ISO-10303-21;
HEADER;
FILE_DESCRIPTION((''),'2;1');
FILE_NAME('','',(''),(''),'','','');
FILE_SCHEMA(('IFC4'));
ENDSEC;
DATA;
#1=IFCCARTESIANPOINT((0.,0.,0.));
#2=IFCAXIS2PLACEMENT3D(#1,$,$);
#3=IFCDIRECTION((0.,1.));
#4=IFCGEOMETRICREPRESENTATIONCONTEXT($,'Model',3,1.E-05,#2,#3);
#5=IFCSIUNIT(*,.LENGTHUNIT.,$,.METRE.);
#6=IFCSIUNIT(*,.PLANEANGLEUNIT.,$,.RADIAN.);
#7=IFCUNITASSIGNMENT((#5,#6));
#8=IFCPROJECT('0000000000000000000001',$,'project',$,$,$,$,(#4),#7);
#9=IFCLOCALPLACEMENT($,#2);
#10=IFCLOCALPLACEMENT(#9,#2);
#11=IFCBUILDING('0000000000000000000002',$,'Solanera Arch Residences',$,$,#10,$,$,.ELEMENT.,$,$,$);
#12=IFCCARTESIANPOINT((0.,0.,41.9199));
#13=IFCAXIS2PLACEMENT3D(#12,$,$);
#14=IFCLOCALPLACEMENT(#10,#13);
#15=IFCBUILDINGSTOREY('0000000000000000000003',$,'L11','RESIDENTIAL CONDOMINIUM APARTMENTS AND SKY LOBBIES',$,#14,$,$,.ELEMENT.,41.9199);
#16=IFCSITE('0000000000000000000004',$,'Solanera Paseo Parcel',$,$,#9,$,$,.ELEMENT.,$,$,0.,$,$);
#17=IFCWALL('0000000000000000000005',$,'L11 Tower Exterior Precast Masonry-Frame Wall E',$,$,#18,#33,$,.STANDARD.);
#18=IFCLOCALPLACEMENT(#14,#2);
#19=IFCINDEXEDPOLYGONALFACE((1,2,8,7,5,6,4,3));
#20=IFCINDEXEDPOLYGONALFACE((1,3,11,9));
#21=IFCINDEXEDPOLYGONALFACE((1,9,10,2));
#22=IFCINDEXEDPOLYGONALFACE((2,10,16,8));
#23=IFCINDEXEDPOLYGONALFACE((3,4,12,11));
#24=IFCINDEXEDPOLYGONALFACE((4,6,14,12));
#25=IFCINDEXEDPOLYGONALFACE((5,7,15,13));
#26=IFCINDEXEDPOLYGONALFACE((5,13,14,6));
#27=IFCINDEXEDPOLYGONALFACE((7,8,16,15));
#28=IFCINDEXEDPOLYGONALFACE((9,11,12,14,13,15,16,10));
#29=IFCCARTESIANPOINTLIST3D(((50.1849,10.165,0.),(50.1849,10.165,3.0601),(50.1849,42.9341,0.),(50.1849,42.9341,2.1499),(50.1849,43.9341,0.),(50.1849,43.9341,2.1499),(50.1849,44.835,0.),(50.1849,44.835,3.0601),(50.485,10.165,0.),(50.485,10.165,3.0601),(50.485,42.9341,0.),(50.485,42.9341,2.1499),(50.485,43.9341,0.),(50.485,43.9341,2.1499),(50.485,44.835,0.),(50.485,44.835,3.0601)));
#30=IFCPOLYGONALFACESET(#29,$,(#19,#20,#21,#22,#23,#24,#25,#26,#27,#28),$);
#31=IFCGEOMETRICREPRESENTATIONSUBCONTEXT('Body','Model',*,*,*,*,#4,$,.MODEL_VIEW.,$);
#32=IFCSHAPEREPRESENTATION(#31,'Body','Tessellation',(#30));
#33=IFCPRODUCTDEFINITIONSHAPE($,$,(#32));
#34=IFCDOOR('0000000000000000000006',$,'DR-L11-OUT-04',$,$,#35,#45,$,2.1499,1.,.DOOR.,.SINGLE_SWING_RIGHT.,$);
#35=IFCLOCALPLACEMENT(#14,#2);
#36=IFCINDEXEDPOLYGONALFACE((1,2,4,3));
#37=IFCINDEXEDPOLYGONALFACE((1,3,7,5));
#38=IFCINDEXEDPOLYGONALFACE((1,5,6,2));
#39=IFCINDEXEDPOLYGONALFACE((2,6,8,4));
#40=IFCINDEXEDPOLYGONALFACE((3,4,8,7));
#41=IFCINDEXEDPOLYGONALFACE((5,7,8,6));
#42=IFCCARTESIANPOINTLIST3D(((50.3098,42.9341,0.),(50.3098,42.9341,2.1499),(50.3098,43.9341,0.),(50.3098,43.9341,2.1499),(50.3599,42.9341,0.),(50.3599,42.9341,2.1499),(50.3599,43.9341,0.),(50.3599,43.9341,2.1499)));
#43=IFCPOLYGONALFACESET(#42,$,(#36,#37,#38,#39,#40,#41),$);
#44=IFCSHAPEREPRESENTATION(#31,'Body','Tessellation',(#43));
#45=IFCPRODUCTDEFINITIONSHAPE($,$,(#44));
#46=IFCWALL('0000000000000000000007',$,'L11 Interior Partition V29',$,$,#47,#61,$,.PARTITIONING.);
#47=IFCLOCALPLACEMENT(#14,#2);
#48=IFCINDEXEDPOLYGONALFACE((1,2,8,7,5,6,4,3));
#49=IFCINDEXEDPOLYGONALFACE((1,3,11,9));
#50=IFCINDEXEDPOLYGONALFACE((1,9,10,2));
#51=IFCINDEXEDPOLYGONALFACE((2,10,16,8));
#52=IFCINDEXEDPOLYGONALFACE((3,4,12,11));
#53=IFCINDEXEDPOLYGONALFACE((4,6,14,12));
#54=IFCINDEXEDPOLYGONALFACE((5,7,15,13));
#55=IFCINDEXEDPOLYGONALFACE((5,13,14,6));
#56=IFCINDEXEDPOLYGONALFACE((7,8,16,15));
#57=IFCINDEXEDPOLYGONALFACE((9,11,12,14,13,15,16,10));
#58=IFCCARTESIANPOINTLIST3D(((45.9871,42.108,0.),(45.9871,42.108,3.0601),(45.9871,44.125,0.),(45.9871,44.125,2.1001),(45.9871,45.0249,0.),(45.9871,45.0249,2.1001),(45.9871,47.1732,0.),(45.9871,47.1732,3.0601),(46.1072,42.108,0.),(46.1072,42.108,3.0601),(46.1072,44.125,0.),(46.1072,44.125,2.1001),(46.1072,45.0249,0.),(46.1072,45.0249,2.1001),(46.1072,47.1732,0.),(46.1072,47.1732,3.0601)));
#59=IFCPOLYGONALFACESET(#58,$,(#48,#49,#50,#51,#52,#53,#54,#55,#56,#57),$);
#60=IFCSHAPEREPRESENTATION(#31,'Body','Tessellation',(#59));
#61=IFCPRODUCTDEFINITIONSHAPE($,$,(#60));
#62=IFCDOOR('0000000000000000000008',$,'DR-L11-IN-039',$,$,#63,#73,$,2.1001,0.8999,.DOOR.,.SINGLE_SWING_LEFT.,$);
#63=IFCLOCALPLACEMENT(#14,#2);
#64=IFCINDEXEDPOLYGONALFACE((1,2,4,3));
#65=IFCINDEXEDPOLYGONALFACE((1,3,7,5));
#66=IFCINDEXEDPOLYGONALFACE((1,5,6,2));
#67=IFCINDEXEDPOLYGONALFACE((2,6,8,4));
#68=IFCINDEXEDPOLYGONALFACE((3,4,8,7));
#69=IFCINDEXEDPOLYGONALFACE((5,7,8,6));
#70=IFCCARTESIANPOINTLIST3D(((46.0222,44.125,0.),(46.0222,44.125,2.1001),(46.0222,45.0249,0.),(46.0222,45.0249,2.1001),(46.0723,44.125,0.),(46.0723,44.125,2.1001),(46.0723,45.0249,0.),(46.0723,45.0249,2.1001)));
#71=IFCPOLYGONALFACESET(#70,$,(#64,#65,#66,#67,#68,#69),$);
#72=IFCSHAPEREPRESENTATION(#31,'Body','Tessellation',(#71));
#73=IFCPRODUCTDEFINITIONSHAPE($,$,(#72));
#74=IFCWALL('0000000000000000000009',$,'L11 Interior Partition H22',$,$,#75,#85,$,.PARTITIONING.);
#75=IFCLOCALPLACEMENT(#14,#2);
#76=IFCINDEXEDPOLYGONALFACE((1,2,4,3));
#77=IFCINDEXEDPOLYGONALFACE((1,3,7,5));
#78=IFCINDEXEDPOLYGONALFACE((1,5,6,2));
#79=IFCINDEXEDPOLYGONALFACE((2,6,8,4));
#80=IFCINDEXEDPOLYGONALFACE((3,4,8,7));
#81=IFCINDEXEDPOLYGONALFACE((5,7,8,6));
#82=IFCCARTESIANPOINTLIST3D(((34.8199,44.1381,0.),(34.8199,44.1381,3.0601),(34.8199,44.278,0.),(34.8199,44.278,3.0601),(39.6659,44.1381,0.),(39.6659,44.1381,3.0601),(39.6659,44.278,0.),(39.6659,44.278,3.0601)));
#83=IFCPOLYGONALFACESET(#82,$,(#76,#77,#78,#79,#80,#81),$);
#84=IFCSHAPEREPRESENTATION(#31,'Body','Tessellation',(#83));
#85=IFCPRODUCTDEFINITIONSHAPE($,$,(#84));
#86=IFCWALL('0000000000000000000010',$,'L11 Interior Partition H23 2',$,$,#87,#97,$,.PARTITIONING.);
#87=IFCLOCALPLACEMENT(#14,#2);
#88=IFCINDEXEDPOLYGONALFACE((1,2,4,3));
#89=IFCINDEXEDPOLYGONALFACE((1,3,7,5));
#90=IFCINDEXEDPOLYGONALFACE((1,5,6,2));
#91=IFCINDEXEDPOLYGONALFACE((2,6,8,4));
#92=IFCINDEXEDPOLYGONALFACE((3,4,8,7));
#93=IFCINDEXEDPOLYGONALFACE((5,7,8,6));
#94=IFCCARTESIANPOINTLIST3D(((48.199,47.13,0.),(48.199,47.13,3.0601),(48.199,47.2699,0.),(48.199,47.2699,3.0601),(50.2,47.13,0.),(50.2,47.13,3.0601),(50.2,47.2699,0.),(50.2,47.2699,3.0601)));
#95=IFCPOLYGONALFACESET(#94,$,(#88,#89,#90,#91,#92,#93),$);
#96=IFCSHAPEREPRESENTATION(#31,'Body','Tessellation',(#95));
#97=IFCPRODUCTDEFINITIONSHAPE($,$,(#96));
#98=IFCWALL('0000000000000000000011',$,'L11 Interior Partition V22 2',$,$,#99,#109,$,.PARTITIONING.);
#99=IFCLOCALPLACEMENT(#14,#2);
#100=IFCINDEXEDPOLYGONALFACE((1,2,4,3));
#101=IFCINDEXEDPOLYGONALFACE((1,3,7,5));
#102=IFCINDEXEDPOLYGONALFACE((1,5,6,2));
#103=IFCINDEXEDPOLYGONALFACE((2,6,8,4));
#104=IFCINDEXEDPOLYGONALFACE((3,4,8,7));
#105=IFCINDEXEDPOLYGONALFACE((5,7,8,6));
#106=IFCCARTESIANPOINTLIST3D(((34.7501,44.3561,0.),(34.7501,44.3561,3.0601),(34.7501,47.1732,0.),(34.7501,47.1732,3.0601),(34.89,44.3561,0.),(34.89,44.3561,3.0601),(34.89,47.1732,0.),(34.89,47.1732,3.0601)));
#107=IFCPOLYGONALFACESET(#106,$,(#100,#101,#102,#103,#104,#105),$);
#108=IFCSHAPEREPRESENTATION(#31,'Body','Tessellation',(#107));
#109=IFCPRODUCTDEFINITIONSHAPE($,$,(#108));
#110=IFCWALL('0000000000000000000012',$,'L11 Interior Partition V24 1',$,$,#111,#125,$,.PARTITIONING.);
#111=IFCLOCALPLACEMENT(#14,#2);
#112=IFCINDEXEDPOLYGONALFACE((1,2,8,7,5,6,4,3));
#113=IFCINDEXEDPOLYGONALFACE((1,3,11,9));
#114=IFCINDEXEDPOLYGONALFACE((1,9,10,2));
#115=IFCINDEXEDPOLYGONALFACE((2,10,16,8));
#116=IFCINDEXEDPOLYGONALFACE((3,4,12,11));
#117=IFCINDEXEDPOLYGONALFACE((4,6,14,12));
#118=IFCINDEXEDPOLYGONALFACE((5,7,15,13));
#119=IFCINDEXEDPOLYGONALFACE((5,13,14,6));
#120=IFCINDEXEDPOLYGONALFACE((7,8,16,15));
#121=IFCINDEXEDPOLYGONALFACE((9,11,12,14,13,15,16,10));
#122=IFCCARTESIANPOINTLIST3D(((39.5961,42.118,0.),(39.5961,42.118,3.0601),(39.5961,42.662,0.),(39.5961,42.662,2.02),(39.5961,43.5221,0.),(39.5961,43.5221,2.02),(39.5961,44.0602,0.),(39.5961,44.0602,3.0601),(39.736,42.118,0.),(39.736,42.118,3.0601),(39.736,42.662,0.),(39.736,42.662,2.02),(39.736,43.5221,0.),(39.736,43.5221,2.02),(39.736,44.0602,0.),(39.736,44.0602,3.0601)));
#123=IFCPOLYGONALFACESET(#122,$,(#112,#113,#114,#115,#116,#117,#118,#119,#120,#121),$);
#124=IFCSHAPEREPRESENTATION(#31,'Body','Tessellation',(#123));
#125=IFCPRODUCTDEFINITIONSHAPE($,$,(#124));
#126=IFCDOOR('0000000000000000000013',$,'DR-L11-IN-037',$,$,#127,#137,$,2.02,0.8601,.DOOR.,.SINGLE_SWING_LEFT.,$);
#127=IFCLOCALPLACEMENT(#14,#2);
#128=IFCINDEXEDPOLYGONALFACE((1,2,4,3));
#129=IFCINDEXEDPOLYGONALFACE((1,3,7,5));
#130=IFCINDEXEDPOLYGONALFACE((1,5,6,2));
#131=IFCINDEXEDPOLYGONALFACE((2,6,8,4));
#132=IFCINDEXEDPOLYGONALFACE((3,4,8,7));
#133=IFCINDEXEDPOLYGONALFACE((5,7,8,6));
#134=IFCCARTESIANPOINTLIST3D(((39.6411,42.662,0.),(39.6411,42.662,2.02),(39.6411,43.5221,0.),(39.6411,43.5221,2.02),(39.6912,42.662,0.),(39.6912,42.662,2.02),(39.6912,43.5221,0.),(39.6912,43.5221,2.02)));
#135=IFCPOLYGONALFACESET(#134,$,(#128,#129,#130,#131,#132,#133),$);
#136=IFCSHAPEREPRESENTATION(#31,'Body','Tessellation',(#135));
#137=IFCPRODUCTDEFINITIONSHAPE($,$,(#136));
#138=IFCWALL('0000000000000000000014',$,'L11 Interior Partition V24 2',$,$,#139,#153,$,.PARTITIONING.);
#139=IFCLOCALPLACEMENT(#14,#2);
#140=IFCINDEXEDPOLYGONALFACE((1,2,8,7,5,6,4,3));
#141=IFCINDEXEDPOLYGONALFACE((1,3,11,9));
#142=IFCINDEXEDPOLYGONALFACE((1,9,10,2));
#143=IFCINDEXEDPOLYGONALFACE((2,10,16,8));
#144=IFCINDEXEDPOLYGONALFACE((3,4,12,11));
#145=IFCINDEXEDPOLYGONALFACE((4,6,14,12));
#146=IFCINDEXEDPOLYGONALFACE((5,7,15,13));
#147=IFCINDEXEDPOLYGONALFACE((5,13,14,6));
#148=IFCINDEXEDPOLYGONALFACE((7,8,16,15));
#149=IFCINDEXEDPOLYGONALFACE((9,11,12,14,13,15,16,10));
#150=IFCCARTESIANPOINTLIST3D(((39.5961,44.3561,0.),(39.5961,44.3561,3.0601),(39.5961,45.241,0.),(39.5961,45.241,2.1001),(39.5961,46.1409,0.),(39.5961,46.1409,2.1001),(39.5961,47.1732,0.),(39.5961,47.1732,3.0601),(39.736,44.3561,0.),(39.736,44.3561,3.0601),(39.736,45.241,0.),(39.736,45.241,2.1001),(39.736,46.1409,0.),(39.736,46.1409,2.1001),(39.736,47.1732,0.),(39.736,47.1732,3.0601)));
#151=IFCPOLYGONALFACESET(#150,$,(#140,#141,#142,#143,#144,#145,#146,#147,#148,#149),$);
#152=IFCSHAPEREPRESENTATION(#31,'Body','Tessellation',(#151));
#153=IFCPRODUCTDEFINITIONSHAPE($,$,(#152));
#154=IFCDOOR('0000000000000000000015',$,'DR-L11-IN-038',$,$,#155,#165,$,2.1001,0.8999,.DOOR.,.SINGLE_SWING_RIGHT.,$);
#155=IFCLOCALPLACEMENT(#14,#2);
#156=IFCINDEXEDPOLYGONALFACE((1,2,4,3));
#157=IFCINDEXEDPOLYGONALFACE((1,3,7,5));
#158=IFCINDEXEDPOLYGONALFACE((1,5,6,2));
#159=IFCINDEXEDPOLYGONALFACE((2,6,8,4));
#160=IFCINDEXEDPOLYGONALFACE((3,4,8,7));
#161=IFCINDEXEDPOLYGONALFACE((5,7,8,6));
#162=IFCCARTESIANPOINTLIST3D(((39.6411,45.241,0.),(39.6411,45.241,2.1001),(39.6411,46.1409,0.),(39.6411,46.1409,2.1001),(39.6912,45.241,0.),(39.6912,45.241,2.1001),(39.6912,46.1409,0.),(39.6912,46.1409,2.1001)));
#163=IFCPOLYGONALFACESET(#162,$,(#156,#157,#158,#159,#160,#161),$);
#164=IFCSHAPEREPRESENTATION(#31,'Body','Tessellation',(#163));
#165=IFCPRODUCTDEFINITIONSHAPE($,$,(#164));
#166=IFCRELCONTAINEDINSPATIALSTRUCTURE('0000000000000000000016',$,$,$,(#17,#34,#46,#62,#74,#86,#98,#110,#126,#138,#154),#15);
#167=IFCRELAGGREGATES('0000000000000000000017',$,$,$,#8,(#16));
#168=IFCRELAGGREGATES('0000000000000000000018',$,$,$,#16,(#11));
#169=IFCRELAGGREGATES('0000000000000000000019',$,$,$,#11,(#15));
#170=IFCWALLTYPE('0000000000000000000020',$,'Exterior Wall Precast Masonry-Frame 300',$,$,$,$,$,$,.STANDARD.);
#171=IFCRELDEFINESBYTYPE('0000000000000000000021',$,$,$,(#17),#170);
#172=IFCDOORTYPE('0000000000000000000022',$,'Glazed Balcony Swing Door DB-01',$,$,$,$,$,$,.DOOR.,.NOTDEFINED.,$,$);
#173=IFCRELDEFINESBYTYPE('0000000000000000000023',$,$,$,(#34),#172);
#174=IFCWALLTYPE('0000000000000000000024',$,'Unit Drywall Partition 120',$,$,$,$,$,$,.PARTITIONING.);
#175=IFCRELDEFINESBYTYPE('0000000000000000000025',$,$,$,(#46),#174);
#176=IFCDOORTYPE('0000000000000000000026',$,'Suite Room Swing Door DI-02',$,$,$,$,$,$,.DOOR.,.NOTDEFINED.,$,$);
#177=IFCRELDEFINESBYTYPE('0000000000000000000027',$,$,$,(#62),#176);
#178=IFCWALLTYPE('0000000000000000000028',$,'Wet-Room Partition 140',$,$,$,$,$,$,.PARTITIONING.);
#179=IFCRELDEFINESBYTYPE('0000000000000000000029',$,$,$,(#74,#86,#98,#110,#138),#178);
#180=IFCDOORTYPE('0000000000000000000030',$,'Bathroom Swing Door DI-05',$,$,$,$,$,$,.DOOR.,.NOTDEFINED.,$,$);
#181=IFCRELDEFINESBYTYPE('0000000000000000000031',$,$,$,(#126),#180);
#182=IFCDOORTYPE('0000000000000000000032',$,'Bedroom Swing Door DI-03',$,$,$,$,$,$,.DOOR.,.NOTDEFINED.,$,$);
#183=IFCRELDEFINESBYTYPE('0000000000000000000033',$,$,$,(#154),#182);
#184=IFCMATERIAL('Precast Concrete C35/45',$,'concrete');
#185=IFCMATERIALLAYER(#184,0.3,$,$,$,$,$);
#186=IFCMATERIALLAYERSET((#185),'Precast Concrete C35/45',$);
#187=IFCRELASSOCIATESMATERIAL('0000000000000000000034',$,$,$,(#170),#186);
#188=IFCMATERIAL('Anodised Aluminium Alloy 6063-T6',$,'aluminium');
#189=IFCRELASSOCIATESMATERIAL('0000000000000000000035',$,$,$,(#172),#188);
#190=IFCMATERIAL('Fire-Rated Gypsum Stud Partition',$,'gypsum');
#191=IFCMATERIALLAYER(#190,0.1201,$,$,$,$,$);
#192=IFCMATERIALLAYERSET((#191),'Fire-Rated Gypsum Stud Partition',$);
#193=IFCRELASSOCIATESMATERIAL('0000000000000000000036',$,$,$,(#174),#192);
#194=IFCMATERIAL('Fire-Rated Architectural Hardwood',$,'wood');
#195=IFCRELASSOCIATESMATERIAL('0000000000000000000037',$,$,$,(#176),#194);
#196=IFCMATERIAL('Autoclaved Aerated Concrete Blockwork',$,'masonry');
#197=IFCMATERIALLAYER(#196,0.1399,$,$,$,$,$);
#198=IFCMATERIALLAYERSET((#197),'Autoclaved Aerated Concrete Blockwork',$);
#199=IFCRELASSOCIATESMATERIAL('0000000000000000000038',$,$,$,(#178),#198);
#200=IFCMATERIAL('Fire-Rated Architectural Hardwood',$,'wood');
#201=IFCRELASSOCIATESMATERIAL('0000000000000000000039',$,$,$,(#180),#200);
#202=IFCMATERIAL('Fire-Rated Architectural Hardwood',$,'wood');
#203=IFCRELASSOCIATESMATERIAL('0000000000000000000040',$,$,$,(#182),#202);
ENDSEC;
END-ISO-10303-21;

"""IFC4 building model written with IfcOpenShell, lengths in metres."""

from ifc_helpers import new_model, si_unit, direction, frame, frame_2d, origin, place, context, subcontext, project, spatial, rectangle, extrude, material, layer, layer_set, type_object, element, fill, save


model = new_model("IFC4")

# Units and contexts
model_context = context("Model", 3, precision=1e-05, world=origin(), true_north=direction((0.0, 1.0)))
body_context = subcontext(model_context, "Body", "Model", "MODEL_VIEW")
ifc_project = project(units=[si_unit("LENGTHUNIT", "METRE"), si_unit("PLANEANGLEUNIT", "RADIAN")], contexts=[model_context])

# Site, building, storey
site_placement = place(None, origin())
site = spatial("IfcSite", under=ifc_project, at=site_placement, Name="Solanera Paseo Parcel", CompositionType="ELEMENT", RefElevation=0.0)
building_placement = place(site_placement, origin())
building = spatial("IfcBuilding", under=site, at=building_placement, Name="Solanera Arch Residences", CompositionType="ELEMENT")
storey_placement = place(building_placement, frame((0.0, 0.0, 41.9199)))
storey = spatial("IfcBuildingStorey", under=building, at=storey_placement, Name="L11", Description="RESIDENTIAL CONDOMINIUM APARTMENTS AND SKY LOBBIES", CompositionType="ELEMENT", Elevation=41.9199)

# Shared definitions
ifc_material_1 = material(Name="Precast Concrete C35/45", Category="concrete")
ifc_layer_1 = layer(ifc_material_1, 0.3)
ifc_layer_set_1 = layer_set([ifc_layer_1], Name="Precast Concrete C35/45")
wall_type_1 = type_object("IfcWallType", Name="Exterior Wall Precast Masonry-Frame 300", PredefinedType="STANDARD", material=ifc_layer_set_1)

# Walls, openings, doors
wall_1_placement = place(storey_placement, frame((50.335, 44.835, 0.0), z_axis=(0.0, 0.0, 1.0), x_axis=(0.0, -1.0, 0.0)))
wall_1 = element("IfcWall", 1, at=wall_1_placement, inside=storey, type_object=wall_type_1, Name="L11 Tower Exterior Precast Masonry-Frame Wall E", PredefinedType="STANDARD", context=body_context, shape_type="SweptSolid", body=[
    extrude(rectangle(XDim=34.6699, YDim=0.3, at=frame_2d((17.335, 0.0))), origin(), (0.0, 0.0, 1.0), 3.0601),
])
opening_1_placement = place(wall_1_placement, frame((0.9009, 0.0, 0.0)))
opening_1 = element("IfcOpeningElement", 2, at=opening_1_placement, cuts=wall_1, PredefinedType="OPENING", context=body_context, shape_type="SweptSolid", body=[
    extrude(rectangle(XDim=1.0, YDim=2.1499, at=frame_2d((0.5, 1.075))), frame((0.0, 0.1599, 0.0), z_axis=(0.0, -1.0, 0.0), x_axis=(1.0, 0.0, 0.0)), (0.0, 0.0, 1.0), 0.32),
])
ifc_material_2 = material(Name="Anodised Aluminium Alloy 6063-T6", Category="aluminium")
door_type_1 = type_object("IfcDoorType", Name="Glazed Balcony Swing Door DB-01", OperationType="NOTDEFINED", PredefinedType="DOOR", material=ifc_material_2)
door_1_placement = place(opening_1_placement, origin())
door_1 = element("IfcDoor", 3, at=door_1_placement, inside=storey, type_object=door_type_1, Name="DR-L11-OUT-04", OperationType="SINGLE_SWING_RIGHT", OverallHeight=2.1499, OverallWidth=1.0, PredefinedType="DOOR", context=body_context, shape_type="SweptSolid", body=[
    extrude(rectangle(XDim=1.0, YDim=2.1499, at=frame_2d((0.5, 1.075))), frame((0.0, 0.0249, 0.0), z_axis=(0.0, -1.0, 0.0), x_axis=(1.0, 0.0, 0.0)), (0.0, 0.0, 1.0), 0.05),
])
fill(opening_1, door_1)
ifc_material_3 = material(Name="Fire-Rated Gypsum Stud Partition", Category="gypsum")
ifc_layer_2 = layer(ifc_material_3, 0.1201)
ifc_layer_set_2 = layer_set([ifc_layer_2], Name="Fire-Rated Gypsum Stud Partition")
wall_type_2 = type_object("IfcWallType", Name="Unit Drywall Partition 120", PredefinedType="PARTITIONING", material=ifc_layer_set_2)
wall_2_placement = place(storey_placement, frame((46.0471, 42.1079, 0.0), z_axis=(0.0, 0.0, 1.0), x_axis=(0.0, 1.0, 0.0)))
wall_2 = element("IfcWall", 4, at=wall_2_placement, inside=storey, type_object=wall_type_2, Name="L11 Interior Partition V29", PredefinedType="PARTITIONING", context=body_context, shape_type="SweptSolid", body=[
    extrude(rectangle(XDim=5.0652, YDim=0.1201, at=frame_2d((2.5327, 0.0))), origin(), (0.0, 0.0, 1.0), 3.0601),
])
opening_2_placement = place(wall_2_placement, frame((2.0171, 0.0, 0.0)))
opening_2 = element("IfcOpeningElement", 5, at=opening_2_placement, cuts=wall_2, PredefinedType="OPENING", context=body_context, shape_type="SweptSolid", body=[
    extrude(rectangle(XDim=0.8999, YDim=2.1001, at=frame_2d((0.45, 1.05))), frame((0.0, 0.0701, 0.0), z_axis=(0.0, -1.0, 0.0), x_axis=(1.0, 0.0, 0.0)), (0.0, 0.0, 1.0), 0.1401),
])
ifc_material_4 = material(Name="Fire-Rated Architectural Hardwood", Category="wood")
door_type_2 = type_object("IfcDoorType", Name="Suite Room Swing Door DI-02", OperationType="NOTDEFINED", PredefinedType="DOOR", material=ifc_material_4)
door_2_placement = place(opening_2_placement, origin())
door_2 = element("IfcDoor", 6, at=door_2_placement, inside=storey, type_object=door_type_2, Name="DR-L11-IN-039", OperationType="SINGLE_SWING_LEFT", OverallHeight=2.1001, OverallWidth=0.8999, PredefinedType="DOOR", context=body_context, shape_type="SweptSolid", body=[
    extrude(rectangle(XDim=0.8999, YDim=2.1001, at=frame_2d((0.45, 1.05))), frame((0.0, 0.0249, 0.0), z_axis=(0.0, -1.0, 0.0), x_axis=(1.0, 0.0, 0.0)), (0.0, 0.0, 1.0), 0.05),
])
fill(opening_2, door_2)

# Walls
ifc_material_5 = material(Name="Autoclaved Aerated Concrete Blockwork", Category="masonry")
ifc_layer_3 = layer(ifc_material_5, 0.1399)
ifc_layer_set_3 = layer_set([ifc_layer_3], Name="Autoclaved Aerated Concrete Blockwork")
wall_type_3 = type_object("IfcWallType", Name="Wet-Room Partition 140", PredefinedType="PARTITIONING", material=ifc_layer_set_3)
wall_3_placement = place(storey_placement, frame((34.8201, 44.208, 0.0), z_axis=(0.0, 0.0, 1.0), x_axis=(1.0, 0.0, 0.0)))
element("IfcWall", 7, at=wall_3_placement, inside=storey, type_object=wall_type_3, Name="L11 Interior Partition H22", PredefinedType="PARTITIONING", context=body_context, shape_type="SweptSolid", body=[
    extrude(rectangle(XDim=4.8459, YDim=0.1399, at=frame_2d((2.4229, 0.0))), origin(), (0.0, 0.0, 1.0), 3.0601),
])
wall_4_placement = place(storey_placement, frame((48.199, 47.2, 0.0), z_axis=(0.0, 0.0, 1.0), x_axis=(1.0, 0.0, 0.0)))
element("IfcWall", 8, at=wall_4_placement, inside=storey, type_object=wall_type_3, Name="L11 Interior Partition H23 2", PredefinedType="PARTITIONING", context=body_context, shape_type="SweptSolid", body=[
    extrude(rectangle(XDim=2.001, YDim=0.1399, at=frame_2d((1.0005, 0.0))), origin(), (0.0, 0.0, 1.0), 3.0601),
])
wall_5_placement = place(storey_placement, frame((34.8201, 44.356, 0.0), z_axis=(0.0, 0.0, 1.0), x_axis=(0.0, 1.0, 0.0)))
element("IfcWall", 9, at=wall_5_placement, inside=storey, type_object=wall_type_3, Name="L11 Interior Partition V22 2", PredefinedType="PARTITIONING", context=body_context, shape_type="SweptSolid", body=[
    extrude(rectangle(XDim=2.8171, YDim=0.1399, at=frame_2d((1.4087, 0.0))), origin(), (0.0, 0.0, 1.0), 3.0601),
])

# Walls, openings, doors
wall_6_placement = place(storey_placement, frame((39.666, 42.1179, 0.0), z_axis=(0.0, 0.0, 1.0), x_axis=(0.0, 1.0, 0.0)))
wall_6 = element("IfcWall", 10, at=wall_6_placement, inside=storey, type_object=wall_type_3, Name="L11 Interior Partition V24 1", PredefinedType="PARTITIONING", context=body_context, shape_type="SweptSolid", body=[
    extrude(rectangle(XDim=1.9421, YDim=0.1399, at=frame_2d((0.9712, 0.0))), origin(), (0.0, 0.0, 1.0), 3.0601),
])
opening_3_placement = place(wall_6_placement, frame((0.5439, 0.0, 0.0)))
opening_3 = element("IfcOpeningElement", 11, at=opening_3_placement, cuts=wall_6, PredefinedType="OPENING", context=body_context, shape_type="SweptSolid", body=[
    extrude(rectangle(XDim=0.8601, YDim=2.02, at=frame_2d((0.4302, 1.01))), frame((0.0, 0.0798, 0.0), z_axis=(0.0, -1.0, 0.0), x_axis=(1.0, 0.0, 0.0)), (0.0, 0.0, 1.0), 0.1599),
])
ifc_material_6 = material(Name="Fire-Rated Architectural Hardwood", Category="wood")
door_type_3 = type_object("IfcDoorType", Name="Bathroom Swing Door DI-05", OperationType="NOTDEFINED", PredefinedType="DOOR", material=ifc_material_6)
door_3_placement = place(opening_3_placement, origin())
door_3 = element("IfcDoor", 12, at=door_3_placement, inside=storey, type_object=door_type_3, Name="DR-L11-IN-037", OperationType="SINGLE_SWING_LEFT", OverallHeight=2.02, OverallWidth=0.8601, PredefinedType="DOOR", context=body_context, shape_type="SweptSolid", body=[
    extrude(rectangle(XDim=0.8601, YDim=2.02, at=frame_2d((0.4302, 1.01))), frame((0.0, 0.0249, 0.0), z_axis=(0.0, -1.0, 0.0), x_axis=(1.0, 0.0, 0.0)), (0.0, 0.0, 1.0), 0.05),
])
fill(opening_3, door_3)
wall_7_placement = place(storey_placement, frame((39.666, 44.356, 0.0), z_axis=(0.0, 0.0, 1.0), x_axis=(0.0, 1.0, 0.0)))
wall_7 = element("IfcWall", 13, at=wall_7_placement, inside=storey, type_object=wall_type_3, Name="L11 Interior Partition V24 2", PredefinedType="PARTITIONING", context=body_context, shape_type="SweptSolid", body=[
    extrude(rectangle(XDim=2.8171, YDim=0.1399, at=frame_2d((1.4087, 0.0))), origin(), (0.0, 0.0, 1.0), 3.0601),
])
opening_4_placement = place(wall_7_placement, frame((0.885, 0.0, 0.0)))
opening_4 = element("IfcOpeningElement", 14, at=opening_4_placement, cuts=wall_7, PredefinedType="OPENING", context=body_context, shape_type="SweptSolid", body=[
    extrude(rectangle(XDim=0.8999, YDim=2.1001, at=frame_2d((0.45, 1.05))), frame((0.0, 0.0798, 0.0), z_axis=(0.0, -1.0, 0.0), x_axis=(1.0, 0.0, 0.0)), (0.0, 0.0, 1.0), 0.1599),
])
ifc_material_7 = material(Name="Fire-Rated Architectural Hardwood", Category="wood")
door_type_4 = type_object("IfcDoorType", Name="Bedroom Swing Door DI-03", OperationType="NOTDEFINED", PredefinedType="DOOR", material=ifc_material_7)
door_4_placement = place(opening_4_placement, origin())
door_4 = element("IfcDoor", 15, at=door_4_placement, inside=storey, type_object=door_type_4, Name="DR-L11-IN-038", OperationType="SINGLE_SWING_RIGHT", OverallHeight=2.1001, OverallWidth=0.8999, PredefinedType="DOOR", context=body_context, shape_type="SweptSolid", body=[
    extrude(rectangle(XDim=0.8999, YDim=2.1001, at=frame_2d((0.45, 1.05))), frame((0.0, 0.0249, 0.0), z_axis=(0.0, -1.0, 0.0), x_axis=(1.0, 0.0, 0.0)), (0.0, 0.0, 1.0), 0.05),
])
fill(opening_4, door_4)

save(model, "model.ifc")
